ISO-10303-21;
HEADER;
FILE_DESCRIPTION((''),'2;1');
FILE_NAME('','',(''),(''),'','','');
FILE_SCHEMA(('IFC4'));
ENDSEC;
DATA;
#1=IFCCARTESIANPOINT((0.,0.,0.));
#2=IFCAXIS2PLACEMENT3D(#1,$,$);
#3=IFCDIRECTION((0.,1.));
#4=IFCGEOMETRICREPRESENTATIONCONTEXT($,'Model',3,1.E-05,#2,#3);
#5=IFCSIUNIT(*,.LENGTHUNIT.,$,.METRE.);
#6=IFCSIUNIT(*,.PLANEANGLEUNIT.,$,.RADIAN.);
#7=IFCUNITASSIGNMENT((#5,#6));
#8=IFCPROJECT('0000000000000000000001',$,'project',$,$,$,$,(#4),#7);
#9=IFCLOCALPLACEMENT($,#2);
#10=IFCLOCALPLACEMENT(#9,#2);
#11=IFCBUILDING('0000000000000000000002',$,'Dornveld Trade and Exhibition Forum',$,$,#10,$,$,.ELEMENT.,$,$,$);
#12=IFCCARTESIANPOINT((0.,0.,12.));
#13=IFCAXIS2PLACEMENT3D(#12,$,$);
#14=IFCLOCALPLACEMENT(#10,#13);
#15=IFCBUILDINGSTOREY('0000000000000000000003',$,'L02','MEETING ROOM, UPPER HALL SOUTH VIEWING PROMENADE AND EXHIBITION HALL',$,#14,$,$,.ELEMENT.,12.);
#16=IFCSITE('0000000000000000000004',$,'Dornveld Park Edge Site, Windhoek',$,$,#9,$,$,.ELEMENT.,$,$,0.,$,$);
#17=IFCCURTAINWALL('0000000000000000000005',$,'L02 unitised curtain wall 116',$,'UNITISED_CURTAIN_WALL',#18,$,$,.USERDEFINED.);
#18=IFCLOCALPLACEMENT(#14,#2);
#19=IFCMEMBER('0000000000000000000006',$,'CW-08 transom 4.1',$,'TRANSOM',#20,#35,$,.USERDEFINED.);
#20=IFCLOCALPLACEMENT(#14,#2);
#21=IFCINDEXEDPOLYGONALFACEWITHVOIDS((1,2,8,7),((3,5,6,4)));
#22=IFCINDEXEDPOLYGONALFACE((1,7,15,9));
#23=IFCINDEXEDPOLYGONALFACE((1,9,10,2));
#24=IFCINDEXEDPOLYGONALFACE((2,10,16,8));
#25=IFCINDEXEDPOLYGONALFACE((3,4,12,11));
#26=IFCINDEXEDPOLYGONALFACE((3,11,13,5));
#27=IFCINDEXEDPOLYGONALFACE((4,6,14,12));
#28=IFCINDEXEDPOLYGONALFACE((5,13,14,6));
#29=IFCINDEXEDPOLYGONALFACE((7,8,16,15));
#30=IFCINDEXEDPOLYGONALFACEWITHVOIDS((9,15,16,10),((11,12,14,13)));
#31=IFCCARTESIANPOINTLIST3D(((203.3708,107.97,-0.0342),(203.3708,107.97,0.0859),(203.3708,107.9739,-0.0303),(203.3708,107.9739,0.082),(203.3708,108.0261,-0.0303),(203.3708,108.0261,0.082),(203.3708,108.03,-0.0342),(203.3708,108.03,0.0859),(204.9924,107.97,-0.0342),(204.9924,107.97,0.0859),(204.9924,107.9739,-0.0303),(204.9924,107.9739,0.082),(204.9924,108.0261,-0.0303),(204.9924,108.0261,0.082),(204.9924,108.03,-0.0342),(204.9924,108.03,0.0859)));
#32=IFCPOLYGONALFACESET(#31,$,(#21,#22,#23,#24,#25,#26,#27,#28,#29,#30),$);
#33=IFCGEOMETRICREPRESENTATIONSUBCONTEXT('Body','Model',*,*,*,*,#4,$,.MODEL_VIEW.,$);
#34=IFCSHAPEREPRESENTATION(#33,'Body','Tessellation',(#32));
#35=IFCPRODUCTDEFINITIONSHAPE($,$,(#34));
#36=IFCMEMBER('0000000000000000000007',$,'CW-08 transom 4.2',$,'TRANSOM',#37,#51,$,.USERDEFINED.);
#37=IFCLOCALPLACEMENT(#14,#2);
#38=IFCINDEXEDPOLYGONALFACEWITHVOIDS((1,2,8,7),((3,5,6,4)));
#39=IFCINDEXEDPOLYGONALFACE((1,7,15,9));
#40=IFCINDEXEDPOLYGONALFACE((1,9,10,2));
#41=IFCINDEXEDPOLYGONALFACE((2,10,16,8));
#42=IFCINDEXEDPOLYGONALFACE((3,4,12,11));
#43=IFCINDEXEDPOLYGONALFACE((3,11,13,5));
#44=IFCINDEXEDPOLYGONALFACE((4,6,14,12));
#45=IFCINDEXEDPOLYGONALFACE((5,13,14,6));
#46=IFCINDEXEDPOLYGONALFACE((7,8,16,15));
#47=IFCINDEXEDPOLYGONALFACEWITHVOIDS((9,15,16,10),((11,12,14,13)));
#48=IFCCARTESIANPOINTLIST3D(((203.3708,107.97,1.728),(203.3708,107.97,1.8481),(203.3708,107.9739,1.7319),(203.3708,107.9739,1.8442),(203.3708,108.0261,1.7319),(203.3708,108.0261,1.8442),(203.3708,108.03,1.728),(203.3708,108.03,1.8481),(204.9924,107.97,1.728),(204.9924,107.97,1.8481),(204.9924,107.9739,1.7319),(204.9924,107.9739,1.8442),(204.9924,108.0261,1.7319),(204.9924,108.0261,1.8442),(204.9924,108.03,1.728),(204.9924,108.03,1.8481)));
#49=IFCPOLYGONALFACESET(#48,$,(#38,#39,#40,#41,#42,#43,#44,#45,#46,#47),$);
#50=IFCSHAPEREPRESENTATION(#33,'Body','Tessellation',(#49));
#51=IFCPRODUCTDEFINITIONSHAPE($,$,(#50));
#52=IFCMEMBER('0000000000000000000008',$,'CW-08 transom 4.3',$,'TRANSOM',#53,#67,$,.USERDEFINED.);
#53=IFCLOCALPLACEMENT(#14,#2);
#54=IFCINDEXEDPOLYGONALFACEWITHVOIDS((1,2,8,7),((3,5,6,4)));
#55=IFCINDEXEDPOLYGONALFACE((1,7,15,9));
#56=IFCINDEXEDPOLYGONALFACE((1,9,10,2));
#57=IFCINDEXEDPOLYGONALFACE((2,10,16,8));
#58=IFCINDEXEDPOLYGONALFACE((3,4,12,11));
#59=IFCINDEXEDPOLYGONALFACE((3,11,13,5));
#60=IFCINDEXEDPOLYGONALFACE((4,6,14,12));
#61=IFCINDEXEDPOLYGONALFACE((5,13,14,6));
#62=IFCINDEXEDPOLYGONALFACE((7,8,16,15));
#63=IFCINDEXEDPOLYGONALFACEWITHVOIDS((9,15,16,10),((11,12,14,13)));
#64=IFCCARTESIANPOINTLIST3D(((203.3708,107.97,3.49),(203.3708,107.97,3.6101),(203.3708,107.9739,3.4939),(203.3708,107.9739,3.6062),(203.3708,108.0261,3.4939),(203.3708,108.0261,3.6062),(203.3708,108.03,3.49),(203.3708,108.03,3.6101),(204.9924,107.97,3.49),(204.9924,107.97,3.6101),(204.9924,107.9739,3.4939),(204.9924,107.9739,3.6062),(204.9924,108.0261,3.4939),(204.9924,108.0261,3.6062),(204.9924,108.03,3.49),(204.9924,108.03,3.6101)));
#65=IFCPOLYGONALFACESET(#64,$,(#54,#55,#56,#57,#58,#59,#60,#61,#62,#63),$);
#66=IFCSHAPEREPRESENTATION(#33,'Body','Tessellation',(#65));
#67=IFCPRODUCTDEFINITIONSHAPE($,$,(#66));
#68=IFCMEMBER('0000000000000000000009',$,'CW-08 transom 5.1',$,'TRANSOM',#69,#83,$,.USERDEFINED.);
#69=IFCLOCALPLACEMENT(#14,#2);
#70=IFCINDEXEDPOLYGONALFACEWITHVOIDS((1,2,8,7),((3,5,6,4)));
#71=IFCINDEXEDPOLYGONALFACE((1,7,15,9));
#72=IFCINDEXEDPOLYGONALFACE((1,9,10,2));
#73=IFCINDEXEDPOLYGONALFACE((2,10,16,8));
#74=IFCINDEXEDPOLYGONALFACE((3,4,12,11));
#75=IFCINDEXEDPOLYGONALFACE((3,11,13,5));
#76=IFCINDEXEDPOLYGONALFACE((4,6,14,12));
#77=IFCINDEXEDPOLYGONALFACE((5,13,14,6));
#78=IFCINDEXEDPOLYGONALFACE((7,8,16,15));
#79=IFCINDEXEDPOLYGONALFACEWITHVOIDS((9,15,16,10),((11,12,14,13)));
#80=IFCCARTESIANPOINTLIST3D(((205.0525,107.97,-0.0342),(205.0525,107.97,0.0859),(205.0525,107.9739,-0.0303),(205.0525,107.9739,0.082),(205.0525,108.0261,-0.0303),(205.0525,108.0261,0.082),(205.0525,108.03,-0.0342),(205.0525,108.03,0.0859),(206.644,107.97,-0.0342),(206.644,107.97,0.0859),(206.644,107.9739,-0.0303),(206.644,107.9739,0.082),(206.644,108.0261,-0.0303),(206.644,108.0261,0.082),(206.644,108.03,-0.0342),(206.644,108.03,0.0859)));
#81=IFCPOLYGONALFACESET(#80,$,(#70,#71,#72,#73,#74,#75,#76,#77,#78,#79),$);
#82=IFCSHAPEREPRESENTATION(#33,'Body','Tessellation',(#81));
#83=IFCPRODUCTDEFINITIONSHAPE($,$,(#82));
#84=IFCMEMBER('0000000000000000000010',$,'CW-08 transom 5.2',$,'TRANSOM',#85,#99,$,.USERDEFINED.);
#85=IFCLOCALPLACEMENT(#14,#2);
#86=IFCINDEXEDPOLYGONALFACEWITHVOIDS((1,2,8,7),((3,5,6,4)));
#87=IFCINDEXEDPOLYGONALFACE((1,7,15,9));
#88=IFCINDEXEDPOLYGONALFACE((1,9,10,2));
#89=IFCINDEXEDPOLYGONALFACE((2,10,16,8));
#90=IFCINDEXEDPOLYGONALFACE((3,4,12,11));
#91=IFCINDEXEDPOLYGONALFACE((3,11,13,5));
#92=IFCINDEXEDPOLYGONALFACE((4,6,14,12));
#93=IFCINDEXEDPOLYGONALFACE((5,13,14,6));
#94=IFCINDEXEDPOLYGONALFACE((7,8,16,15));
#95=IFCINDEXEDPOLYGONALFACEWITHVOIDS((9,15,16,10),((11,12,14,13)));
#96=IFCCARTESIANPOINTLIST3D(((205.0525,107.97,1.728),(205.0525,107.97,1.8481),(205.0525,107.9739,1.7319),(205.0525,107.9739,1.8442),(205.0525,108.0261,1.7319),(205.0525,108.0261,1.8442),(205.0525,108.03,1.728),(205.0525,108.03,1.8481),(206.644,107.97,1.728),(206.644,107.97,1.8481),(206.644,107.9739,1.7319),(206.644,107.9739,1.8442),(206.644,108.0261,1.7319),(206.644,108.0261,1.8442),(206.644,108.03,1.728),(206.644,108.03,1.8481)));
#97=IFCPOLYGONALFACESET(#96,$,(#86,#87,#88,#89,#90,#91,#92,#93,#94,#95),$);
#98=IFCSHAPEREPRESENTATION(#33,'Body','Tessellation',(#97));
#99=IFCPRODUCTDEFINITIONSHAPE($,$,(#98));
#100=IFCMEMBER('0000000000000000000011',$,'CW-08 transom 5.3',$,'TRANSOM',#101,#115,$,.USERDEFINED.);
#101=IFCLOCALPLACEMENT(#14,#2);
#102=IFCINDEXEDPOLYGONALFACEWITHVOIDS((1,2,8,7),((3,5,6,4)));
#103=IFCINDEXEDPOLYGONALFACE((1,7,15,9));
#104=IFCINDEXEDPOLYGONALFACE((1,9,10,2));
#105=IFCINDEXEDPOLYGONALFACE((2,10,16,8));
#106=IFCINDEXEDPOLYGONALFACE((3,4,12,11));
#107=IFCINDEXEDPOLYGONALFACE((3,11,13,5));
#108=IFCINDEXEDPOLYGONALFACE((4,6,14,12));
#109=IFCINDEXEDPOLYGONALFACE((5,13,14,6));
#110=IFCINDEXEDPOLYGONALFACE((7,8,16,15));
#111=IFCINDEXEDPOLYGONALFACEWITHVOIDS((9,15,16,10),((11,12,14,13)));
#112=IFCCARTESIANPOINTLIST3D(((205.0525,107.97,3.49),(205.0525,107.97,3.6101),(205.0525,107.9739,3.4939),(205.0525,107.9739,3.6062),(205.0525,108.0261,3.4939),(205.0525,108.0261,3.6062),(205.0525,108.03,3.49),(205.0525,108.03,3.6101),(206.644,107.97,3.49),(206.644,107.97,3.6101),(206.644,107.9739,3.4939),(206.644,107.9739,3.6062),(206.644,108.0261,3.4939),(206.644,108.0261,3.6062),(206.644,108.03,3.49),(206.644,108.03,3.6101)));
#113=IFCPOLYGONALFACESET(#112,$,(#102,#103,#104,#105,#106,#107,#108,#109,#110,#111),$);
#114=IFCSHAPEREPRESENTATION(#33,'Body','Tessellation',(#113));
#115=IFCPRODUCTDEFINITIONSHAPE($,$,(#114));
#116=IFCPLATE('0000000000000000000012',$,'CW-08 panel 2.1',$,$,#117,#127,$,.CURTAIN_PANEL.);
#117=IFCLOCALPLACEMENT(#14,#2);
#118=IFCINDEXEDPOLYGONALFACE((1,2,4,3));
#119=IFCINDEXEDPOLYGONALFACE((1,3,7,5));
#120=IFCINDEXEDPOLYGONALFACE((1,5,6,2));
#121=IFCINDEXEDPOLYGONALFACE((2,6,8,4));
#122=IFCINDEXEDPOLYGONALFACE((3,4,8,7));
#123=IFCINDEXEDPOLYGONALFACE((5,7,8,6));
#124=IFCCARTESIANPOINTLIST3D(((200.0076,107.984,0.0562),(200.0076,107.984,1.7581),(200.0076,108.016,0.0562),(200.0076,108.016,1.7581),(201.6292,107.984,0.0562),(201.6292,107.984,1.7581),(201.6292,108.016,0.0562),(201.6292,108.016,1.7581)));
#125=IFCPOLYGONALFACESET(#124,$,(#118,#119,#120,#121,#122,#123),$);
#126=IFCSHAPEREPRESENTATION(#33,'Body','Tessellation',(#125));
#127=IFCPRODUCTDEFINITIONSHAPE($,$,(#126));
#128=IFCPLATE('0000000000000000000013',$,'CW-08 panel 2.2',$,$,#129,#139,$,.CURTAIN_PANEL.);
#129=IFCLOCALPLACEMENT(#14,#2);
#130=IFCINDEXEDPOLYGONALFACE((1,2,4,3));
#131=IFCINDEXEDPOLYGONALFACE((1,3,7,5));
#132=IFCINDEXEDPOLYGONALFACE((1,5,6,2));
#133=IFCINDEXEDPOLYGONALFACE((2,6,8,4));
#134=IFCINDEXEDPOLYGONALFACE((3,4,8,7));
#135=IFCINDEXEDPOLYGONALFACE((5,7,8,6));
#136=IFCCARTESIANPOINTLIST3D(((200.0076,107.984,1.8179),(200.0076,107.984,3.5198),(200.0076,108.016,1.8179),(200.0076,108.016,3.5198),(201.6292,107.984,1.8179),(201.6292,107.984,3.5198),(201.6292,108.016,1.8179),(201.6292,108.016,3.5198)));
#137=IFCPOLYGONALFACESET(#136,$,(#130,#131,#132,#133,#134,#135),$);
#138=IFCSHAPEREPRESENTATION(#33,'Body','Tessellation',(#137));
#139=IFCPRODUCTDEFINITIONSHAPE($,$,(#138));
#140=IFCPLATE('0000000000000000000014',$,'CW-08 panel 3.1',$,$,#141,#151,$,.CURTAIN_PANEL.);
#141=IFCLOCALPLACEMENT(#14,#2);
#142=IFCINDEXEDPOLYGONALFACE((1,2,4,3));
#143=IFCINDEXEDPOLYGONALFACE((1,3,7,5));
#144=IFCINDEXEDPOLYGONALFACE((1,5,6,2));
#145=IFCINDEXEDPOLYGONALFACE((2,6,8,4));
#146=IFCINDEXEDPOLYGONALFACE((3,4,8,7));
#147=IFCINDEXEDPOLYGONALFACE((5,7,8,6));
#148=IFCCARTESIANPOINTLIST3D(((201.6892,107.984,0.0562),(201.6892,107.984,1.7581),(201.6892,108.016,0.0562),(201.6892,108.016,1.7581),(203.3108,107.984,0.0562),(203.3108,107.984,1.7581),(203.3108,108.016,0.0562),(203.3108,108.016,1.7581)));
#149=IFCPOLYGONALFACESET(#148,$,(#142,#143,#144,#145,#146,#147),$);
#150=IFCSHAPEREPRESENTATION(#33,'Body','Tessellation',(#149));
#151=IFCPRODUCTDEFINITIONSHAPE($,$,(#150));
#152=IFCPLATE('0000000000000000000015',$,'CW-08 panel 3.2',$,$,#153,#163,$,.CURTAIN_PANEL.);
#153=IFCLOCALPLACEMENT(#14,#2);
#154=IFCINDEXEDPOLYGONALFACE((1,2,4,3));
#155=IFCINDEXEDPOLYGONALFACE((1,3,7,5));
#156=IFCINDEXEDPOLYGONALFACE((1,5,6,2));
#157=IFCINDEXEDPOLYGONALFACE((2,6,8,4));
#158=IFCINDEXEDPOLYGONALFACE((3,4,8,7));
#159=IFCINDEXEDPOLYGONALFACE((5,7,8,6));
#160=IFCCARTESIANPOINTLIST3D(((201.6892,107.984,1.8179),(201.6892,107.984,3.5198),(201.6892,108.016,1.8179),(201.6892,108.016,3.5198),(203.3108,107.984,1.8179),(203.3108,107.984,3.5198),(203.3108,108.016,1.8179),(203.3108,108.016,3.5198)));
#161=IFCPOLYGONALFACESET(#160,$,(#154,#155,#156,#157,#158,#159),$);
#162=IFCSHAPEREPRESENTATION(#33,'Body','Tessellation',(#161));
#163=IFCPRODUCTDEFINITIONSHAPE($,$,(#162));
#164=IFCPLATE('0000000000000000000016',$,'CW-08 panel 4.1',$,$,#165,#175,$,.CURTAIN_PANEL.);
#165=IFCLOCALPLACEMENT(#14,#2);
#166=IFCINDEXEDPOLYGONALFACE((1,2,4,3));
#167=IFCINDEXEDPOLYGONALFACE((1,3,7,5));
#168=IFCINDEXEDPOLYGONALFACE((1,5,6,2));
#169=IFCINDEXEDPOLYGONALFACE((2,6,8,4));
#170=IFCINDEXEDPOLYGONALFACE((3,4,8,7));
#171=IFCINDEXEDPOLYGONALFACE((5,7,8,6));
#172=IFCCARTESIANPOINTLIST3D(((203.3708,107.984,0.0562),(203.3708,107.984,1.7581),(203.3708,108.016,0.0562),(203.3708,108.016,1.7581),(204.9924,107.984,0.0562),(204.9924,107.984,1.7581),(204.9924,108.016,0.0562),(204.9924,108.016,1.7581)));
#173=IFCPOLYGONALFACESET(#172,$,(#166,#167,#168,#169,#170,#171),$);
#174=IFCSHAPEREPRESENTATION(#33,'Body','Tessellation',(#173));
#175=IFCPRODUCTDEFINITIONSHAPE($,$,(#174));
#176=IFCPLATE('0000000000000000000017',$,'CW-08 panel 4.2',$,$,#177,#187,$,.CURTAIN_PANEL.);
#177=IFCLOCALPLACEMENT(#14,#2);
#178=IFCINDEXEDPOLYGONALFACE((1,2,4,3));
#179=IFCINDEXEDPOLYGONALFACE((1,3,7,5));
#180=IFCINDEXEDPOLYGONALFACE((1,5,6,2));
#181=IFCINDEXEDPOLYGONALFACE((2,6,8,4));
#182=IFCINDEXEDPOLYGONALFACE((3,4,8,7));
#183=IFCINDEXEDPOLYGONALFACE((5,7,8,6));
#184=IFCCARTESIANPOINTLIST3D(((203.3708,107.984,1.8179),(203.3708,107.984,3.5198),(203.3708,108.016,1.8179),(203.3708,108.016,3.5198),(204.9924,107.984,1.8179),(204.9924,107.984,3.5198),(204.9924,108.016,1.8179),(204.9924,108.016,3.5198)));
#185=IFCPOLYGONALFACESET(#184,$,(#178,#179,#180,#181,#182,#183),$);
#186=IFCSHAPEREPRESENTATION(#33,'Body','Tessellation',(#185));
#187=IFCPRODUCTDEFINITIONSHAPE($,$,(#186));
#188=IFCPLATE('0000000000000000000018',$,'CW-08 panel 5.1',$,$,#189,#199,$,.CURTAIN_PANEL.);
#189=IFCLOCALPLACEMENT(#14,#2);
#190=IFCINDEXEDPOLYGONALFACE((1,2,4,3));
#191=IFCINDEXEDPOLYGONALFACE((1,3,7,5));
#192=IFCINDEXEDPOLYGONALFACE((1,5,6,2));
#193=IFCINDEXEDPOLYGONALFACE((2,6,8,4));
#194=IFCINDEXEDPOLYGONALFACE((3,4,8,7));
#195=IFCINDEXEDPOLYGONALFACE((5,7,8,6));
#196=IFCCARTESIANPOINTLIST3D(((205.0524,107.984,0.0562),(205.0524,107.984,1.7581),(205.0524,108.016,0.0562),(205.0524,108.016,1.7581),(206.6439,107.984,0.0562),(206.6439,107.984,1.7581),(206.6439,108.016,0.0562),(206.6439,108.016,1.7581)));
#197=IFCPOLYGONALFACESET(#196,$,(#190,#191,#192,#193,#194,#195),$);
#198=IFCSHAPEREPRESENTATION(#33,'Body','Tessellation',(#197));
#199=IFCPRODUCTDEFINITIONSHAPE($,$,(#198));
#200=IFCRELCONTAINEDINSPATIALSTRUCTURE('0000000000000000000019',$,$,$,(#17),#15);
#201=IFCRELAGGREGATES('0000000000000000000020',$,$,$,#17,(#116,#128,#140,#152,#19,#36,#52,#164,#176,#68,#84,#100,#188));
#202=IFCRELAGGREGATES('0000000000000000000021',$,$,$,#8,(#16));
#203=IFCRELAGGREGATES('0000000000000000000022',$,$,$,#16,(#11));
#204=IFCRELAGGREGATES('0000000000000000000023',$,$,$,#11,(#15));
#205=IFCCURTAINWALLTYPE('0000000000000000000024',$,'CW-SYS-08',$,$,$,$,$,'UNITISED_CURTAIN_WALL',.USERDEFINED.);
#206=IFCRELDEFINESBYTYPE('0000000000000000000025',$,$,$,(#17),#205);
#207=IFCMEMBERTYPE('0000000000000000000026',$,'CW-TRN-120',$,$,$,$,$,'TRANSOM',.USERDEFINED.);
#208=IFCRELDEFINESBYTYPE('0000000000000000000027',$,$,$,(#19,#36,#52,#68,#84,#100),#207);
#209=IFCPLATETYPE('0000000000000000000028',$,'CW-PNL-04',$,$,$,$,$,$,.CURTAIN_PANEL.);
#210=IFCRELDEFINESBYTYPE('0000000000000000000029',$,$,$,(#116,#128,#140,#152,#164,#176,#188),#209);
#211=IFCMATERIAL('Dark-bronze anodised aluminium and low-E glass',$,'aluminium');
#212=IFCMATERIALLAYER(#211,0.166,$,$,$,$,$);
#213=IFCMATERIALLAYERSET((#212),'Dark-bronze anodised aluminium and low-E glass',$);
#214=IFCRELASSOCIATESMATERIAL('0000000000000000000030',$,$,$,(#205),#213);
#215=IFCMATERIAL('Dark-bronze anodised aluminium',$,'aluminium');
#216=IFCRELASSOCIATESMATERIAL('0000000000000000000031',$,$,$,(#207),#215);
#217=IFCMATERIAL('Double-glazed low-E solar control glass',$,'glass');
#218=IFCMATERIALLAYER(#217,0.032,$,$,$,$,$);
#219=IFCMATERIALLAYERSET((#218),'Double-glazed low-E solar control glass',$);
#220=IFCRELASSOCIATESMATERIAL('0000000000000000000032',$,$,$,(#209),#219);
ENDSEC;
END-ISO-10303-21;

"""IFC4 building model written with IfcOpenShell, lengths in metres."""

from ifc_helpers import new_model, si_unit, direction, frame, origin, origin_2d, place, context, subcontext, project, spatial, rectangle, hollow_rectangle, extrude, material, layer, layer_set, material_profile, profile_set, type_object, element, aggregate, save


model = new_model("IFC4")

# Units and contexts
model_context = context("Model", 3, precision=1e-05, world=origin(), true_north=direction((0.0, 1.0)))
body_context = subcontext(model_context, "Body", "Model", "MODEL_VIEW")
ifc_project = project(units=[si_unit("LENGTHUNIT", "METRE"), si_unit("PLANEANGLEUNIT", "RADIAN")], contexts=[model_context])

# Site, building, storey
site_placement = place(None, origin())
site = spatial("IfcSite", under=ifc_project, at=site_placement, Name="Dornveld Park Edge Site, Windhoek", CompositionType="ELEMENT", RefElevation=0.0)
building_placement = place(site_placement, origin())
building = spatial("IfcBuilding", under=site, at=building_placement, Name="Dornveld Trade and Exhibition Forum", CompositionType="ELEMENT")
storey_placement = place(building_placement, frame((0.0, 0.0, 12.0)))
storey = spatial("IfcBuildingStorey", under=building, at=storey_placement, Name="L02", Description="MEETING ROOM, UPPER HALL SOUTH VIEWING PROMENADE AND EXHIBITION HALL", CompositionType="ELEMENT", Elevation=12.0)

# Curtain wall, members, plates
ifc_material_1 = material(Name="Dark-bronze anodised aluminium and low-E glass", Category="aluminium")
ifc_layer_1 = layer(ifc_material_1, 0.166)
ifc_layer_set_1 = layer_set([ifc_layer_1], Name="Dark-bronze anodised aluminium and low-E glass")
curtain_wall_type = type_object("IfcCurtainWallType", Name="CW-SYS-08", ElementType="UNITISED_CURTAIN_WALL", PredefinedType="USERDEFINED", material=ifc_layer_set_1)
curtain_wall_placement = place(storey_placement, origin())
curtain_wall = element("IfcCurtainWall", 1, at=curtain_wall_placement, inside=storey, type_object=curtain_wall_type, Name="L02 unitised curtain wall 116", ObjectType="UNITISED_CURTAIN_WALL", PredefinedType="USERDEFINED")
ifc_material_2 = material(Name="Dark-bronze anodised aluminium", Category="aluminium")
ifc_material_profile_1 = material_profile(ifc_material_2, hollow_rectangle(XDim=0.0601, YDim=0.1201, WallThickness=0.0039, at=origin_2d()), Name="RHS 120x60x4")
ifc_profile_set_1 = profile_set([ifc_material_profile_1], Name="Dark-bronze anodised aluminium")
member_type_1 = type_object("IfcMemberType", Name="CW-TRN-120", ElementType="TRANSOM", PredefinedType="USERDEFINED", material=ifc_profile_set_1)
member_1_placement = place(storey_placement, frame((203.3708, 108.0, 0.0259), z_axis=(1.0, 0.0, 0.0), x_axis=(0.0, 1.0, 0.0)))
member_1 = element("IfcMember", 2, at=member_1_placement, type_object=member_type_1, Name="CW-08 transom 4.1", ObjectType="TRANSOM", PredefinedType="USERDEFINED", context=body_context, shape_type="SweptSolid", body=[
    extrude(hollow_rectangle(XDim=0.0601, YDim=0.1201, WallThickness=0.0039, at=origin_2d()), origin(), (0.0, 0.0, 1.0), 1.6216),
])
member_2_placement = place(storey_placement, frame((203.3708, 108.0, 1.7881), z_axis=(1.0, 0.0, 0.0), x_axis=(0.0, 1.0, 0.0)))
member_2 = element("IfcMember", 3, at=member_2_placement, type_object=member_type_1, Name="CW-08 transom 4.2", ObjectType="TRANSOM", PredefinedType="USERDEFINED", context=body_context, shape_type="SweptSolid", body=[
    extrude(hollow_rectangle(XDim=0.0601, YDim=0.1201, WallThickness=0.0039, at=origin_2d()), origin(), (0.0, 0.0, 1.0), 1.6216),
])
member_3_placement = place(storey_placement, frame((203.3708, 108.0, 3.55), z_axis=(1.0, 0.0, 0.0), x_axis=(0.0, 1.0, 0.0)))
member_3 = element("IfcMember", 4, at=member_3_placement, type_object=member_type_1, Name="CW-08 transom 4.3", ObjectType="TRANSOM", PredefinedType="USERDEFINED", context=body_context, shape_type="SweptSolid", body=[
    extrude(hollow_rectangle(XDim=0.0601, YDim=0.1201, WallThickness=0.0039, at=origin_2d()), origin(), (0.0, 0.0, 1.0), 1.6216),
])
member_4_placement = place(storey_placement, frame((205.0525, 108.0, 0.0259), z_axis=(1.0, 0.0, 0.0), x_axis=(0.0, 1.0, 0.0)))
member_4 = element("IfcMember", 5, at=member_4_placement, type_object=member_type_1, Name="CW-08 transom 5.1", ObjectType="TRANSOM", PredefinedType="USERDEFINED", context=body_context, shape_type="SweptSolid", body=[
    extrude(hollow_rectangle(XDim=0.0601, YDim=0.1201, WallThickness=0.0039, at=origin_2d()), origin(), (0.0, 0.0, 1.0), 1.5916),
])
member_5_placement = place(storey_placement, frame((205.0525, 108.0, 1.7881), z_axis=(1.0, 0.0, 0.0), x_axis=(0.0, 1.0, 0.0)))
member_5 = element("IfcMember", 6, at=member_5_placement, type_object=member_type_1, Name="CW-08 transom 5.2", ObjectType="TRANSOM", PredefinedType="USERDEFINED", context=body_context, shape_type="SweptSolid", body=[
    extrude(hollow_rectangle(XDim=0.0601, YDim=0.1201, WallThickness=0.0039, at=origin_2d()), origin(), (0.0, 0.0, 1.0), 1.5916),
])
member_6_placement = place(storey_placement, frame((205.0525, 108.0, 3.55), z_axis=(1.0, 0.0, 0.0), x_axis=(0.0, 1.0, 0.0)))
member_6 = element("IfcMember", 7, at=member_6_placement, type_object=member_type_1, Name="CW-08 transom 5.3", ObjectType="TRANSOM", PredefinedType="USERDEFINED", context=body_context, shape_type="SweptSolid", body=[
    extrude(hollow_rectangle(XDim=0.0601, YDim=0.1201, WallThickness=0.0039, at=origin_2d()), origin(), (0.0, 0.0, 1.0), 1.5916),
])
ifc_material_3 = material(Name="Double-glazed low-E solar control glass", Category="glass")
ifc_layer_2 = layer(ifc_material_3, 0.032)
ifc_layer_set_2 = layer_set([ifc_layer_2], Name="Double-glazed low-E solar control glass")
plate_type = type_object("IfcPlateType", Name="CW-PNL-04", PredefinedType="CURTAIN_PANEL", material=ifc_layer_set_2)
plate_1_placement = place(storey_placement, frame((200.8184, 108.0, 0.0562), z_axis=(0.0, 0.0, 1.0), x_axis=(1.0, 0.0, 0.0)))
plate_1 = element("IfcPlate", 8, at=plate_1_placement, type_object=plate_type, Name="CW-08 panel 2.1", PredefinedType="CURTAIN_PANEL", context=body_context, shape_type="SweptSolid", body=[
    extrude(rectangle(XDim=1.6216, YDim=0.032, at=origin_2d()), origin(), (0.0, 0.0, 1.0), 1.7019),
])
plate_2_placement = place(storey_placement, frame((200.8184, 108.0, 1.8179), z_axis=(0.0, 0.0, 1.0), x_axis=(1.0, 0.0, 0.0)))
plate_2 = element("IfcPlate", 9, at=plate_2_placement, type_object=plate_type, Name="CW-08 panel 2.2", PredefinedType="CURTAIN_PANEL", context=body_context, shape_type="SweptSolid", body=[
    extrude(rectangle(XDim=1.6216, YDim=0.032, at=origin_2d()), origin(), (0.0, 0.0, 1.0), 1.7019),
])
plate_3_placement = place(storey_placement, frame((202.5, 108.0, 0.0562), z_axis=(0.0, 0.0, 1.0), x_axis=(1.0, 0.0, 0.0)))
plate_3 = element("IfcPlate", 10, at=plate_3_placement, type_object=plate_type, Name="CW-08 panel 3.1", PredefinedType="CURTAIN_PANEL", context=body_context, shape_type="SweptSolid", body=[
    extrude(rectangle(XDim=1.6216, YDim=0.032, at=origin_2d()), origin(), (0.0, 0.0, 1.0), 1.7019),
])
plate_4_placement = place(storey_placement, frame((202.5, 108.0, 1.8179), z_axis=(0.0, 0.0, 1.0), x_axis=(1.0, 0.0, 0.0)))
plate_4 = element("IfcPlate", 11, at=plate_4_placement, type_object=plate_type, Name="CW-08 panel 3.2", PredefinedType="CURTAIN_PANEL", context=body_context, shape_type="SweptSolid", body=[
    extrude(rectangle(XDim=1.6216, YDim=0.032, at=origin_2d()), origin(), (0.0, 0.0, 1.0), 1.7019),
])
plate_5_placement = place(storey_placement, frame((204.1816, 108.0, 0.0562), z_axis=(0.0, 0.0, 1.0), x_axis=(1.0, 0.0, 0.0)))
plate_5 = element("IfcPlate", 12, at=plate_5_placement, type_object=plate_type, Name="CW-08 panel 4.1", PredefinedType="CURTAIN_PANEL", context=body_context, shape_type="SweptSolid", body=[
    extrude(rectangle(XDim=1.6216, YDim=0.032, at=origin_2d()), origin(), (0.0, 0.0, 1.0), 1.7019),
])
plate_6_placement = place(storey_placement, frame((204.1816, 108.0, 1.8179), z_axis=(0.0, 0.0, 1.0), x_axis=(1.0, 0.0, 0.0)))
plate_6 = element("IfcPlate", 13, at=plate_6_placement, type_object=plate_type, Name="CW-08 panel 4.2", PredefinedType="CURTAIN_PANEL", context=body_context, shape_type="SweptSolid", body=[
    extrude(rectangle(XDim=1.6216, YDim=0.032, at=origin_2d()), origin(), (0.0, 0.0, 1.0), 1.7019),
])
plate_7_placement = place(storey_placement, frame((205.8481, 108.0, 0.0562), z_axis=(0.0, 0.0, 1.0), x_axis=(1.0, 0.0, 0.0)))
plate_7 = element("IfcPlate", 14, at=plate_7_placement, type_object=plate_type, Name="CW-08 panel 5.1", PredefinedType="CURTAIN_PANEL", context=body_context, shape_type="SweptSolid", body=[
    extrude(rectangle(XDim=1.5916, YDim=0.032, at=origin_2d()), origin(), (0.0, 0.0, 1.0), 1.7019),
])
aggregate(curtain_wall, [plate_1, plate_2, plate_3, plate_4, member_1, member_2, member_3, plate_5, plate_6, member_4, member_5, member_6, plate_7])

save(model, "model.ifc")
